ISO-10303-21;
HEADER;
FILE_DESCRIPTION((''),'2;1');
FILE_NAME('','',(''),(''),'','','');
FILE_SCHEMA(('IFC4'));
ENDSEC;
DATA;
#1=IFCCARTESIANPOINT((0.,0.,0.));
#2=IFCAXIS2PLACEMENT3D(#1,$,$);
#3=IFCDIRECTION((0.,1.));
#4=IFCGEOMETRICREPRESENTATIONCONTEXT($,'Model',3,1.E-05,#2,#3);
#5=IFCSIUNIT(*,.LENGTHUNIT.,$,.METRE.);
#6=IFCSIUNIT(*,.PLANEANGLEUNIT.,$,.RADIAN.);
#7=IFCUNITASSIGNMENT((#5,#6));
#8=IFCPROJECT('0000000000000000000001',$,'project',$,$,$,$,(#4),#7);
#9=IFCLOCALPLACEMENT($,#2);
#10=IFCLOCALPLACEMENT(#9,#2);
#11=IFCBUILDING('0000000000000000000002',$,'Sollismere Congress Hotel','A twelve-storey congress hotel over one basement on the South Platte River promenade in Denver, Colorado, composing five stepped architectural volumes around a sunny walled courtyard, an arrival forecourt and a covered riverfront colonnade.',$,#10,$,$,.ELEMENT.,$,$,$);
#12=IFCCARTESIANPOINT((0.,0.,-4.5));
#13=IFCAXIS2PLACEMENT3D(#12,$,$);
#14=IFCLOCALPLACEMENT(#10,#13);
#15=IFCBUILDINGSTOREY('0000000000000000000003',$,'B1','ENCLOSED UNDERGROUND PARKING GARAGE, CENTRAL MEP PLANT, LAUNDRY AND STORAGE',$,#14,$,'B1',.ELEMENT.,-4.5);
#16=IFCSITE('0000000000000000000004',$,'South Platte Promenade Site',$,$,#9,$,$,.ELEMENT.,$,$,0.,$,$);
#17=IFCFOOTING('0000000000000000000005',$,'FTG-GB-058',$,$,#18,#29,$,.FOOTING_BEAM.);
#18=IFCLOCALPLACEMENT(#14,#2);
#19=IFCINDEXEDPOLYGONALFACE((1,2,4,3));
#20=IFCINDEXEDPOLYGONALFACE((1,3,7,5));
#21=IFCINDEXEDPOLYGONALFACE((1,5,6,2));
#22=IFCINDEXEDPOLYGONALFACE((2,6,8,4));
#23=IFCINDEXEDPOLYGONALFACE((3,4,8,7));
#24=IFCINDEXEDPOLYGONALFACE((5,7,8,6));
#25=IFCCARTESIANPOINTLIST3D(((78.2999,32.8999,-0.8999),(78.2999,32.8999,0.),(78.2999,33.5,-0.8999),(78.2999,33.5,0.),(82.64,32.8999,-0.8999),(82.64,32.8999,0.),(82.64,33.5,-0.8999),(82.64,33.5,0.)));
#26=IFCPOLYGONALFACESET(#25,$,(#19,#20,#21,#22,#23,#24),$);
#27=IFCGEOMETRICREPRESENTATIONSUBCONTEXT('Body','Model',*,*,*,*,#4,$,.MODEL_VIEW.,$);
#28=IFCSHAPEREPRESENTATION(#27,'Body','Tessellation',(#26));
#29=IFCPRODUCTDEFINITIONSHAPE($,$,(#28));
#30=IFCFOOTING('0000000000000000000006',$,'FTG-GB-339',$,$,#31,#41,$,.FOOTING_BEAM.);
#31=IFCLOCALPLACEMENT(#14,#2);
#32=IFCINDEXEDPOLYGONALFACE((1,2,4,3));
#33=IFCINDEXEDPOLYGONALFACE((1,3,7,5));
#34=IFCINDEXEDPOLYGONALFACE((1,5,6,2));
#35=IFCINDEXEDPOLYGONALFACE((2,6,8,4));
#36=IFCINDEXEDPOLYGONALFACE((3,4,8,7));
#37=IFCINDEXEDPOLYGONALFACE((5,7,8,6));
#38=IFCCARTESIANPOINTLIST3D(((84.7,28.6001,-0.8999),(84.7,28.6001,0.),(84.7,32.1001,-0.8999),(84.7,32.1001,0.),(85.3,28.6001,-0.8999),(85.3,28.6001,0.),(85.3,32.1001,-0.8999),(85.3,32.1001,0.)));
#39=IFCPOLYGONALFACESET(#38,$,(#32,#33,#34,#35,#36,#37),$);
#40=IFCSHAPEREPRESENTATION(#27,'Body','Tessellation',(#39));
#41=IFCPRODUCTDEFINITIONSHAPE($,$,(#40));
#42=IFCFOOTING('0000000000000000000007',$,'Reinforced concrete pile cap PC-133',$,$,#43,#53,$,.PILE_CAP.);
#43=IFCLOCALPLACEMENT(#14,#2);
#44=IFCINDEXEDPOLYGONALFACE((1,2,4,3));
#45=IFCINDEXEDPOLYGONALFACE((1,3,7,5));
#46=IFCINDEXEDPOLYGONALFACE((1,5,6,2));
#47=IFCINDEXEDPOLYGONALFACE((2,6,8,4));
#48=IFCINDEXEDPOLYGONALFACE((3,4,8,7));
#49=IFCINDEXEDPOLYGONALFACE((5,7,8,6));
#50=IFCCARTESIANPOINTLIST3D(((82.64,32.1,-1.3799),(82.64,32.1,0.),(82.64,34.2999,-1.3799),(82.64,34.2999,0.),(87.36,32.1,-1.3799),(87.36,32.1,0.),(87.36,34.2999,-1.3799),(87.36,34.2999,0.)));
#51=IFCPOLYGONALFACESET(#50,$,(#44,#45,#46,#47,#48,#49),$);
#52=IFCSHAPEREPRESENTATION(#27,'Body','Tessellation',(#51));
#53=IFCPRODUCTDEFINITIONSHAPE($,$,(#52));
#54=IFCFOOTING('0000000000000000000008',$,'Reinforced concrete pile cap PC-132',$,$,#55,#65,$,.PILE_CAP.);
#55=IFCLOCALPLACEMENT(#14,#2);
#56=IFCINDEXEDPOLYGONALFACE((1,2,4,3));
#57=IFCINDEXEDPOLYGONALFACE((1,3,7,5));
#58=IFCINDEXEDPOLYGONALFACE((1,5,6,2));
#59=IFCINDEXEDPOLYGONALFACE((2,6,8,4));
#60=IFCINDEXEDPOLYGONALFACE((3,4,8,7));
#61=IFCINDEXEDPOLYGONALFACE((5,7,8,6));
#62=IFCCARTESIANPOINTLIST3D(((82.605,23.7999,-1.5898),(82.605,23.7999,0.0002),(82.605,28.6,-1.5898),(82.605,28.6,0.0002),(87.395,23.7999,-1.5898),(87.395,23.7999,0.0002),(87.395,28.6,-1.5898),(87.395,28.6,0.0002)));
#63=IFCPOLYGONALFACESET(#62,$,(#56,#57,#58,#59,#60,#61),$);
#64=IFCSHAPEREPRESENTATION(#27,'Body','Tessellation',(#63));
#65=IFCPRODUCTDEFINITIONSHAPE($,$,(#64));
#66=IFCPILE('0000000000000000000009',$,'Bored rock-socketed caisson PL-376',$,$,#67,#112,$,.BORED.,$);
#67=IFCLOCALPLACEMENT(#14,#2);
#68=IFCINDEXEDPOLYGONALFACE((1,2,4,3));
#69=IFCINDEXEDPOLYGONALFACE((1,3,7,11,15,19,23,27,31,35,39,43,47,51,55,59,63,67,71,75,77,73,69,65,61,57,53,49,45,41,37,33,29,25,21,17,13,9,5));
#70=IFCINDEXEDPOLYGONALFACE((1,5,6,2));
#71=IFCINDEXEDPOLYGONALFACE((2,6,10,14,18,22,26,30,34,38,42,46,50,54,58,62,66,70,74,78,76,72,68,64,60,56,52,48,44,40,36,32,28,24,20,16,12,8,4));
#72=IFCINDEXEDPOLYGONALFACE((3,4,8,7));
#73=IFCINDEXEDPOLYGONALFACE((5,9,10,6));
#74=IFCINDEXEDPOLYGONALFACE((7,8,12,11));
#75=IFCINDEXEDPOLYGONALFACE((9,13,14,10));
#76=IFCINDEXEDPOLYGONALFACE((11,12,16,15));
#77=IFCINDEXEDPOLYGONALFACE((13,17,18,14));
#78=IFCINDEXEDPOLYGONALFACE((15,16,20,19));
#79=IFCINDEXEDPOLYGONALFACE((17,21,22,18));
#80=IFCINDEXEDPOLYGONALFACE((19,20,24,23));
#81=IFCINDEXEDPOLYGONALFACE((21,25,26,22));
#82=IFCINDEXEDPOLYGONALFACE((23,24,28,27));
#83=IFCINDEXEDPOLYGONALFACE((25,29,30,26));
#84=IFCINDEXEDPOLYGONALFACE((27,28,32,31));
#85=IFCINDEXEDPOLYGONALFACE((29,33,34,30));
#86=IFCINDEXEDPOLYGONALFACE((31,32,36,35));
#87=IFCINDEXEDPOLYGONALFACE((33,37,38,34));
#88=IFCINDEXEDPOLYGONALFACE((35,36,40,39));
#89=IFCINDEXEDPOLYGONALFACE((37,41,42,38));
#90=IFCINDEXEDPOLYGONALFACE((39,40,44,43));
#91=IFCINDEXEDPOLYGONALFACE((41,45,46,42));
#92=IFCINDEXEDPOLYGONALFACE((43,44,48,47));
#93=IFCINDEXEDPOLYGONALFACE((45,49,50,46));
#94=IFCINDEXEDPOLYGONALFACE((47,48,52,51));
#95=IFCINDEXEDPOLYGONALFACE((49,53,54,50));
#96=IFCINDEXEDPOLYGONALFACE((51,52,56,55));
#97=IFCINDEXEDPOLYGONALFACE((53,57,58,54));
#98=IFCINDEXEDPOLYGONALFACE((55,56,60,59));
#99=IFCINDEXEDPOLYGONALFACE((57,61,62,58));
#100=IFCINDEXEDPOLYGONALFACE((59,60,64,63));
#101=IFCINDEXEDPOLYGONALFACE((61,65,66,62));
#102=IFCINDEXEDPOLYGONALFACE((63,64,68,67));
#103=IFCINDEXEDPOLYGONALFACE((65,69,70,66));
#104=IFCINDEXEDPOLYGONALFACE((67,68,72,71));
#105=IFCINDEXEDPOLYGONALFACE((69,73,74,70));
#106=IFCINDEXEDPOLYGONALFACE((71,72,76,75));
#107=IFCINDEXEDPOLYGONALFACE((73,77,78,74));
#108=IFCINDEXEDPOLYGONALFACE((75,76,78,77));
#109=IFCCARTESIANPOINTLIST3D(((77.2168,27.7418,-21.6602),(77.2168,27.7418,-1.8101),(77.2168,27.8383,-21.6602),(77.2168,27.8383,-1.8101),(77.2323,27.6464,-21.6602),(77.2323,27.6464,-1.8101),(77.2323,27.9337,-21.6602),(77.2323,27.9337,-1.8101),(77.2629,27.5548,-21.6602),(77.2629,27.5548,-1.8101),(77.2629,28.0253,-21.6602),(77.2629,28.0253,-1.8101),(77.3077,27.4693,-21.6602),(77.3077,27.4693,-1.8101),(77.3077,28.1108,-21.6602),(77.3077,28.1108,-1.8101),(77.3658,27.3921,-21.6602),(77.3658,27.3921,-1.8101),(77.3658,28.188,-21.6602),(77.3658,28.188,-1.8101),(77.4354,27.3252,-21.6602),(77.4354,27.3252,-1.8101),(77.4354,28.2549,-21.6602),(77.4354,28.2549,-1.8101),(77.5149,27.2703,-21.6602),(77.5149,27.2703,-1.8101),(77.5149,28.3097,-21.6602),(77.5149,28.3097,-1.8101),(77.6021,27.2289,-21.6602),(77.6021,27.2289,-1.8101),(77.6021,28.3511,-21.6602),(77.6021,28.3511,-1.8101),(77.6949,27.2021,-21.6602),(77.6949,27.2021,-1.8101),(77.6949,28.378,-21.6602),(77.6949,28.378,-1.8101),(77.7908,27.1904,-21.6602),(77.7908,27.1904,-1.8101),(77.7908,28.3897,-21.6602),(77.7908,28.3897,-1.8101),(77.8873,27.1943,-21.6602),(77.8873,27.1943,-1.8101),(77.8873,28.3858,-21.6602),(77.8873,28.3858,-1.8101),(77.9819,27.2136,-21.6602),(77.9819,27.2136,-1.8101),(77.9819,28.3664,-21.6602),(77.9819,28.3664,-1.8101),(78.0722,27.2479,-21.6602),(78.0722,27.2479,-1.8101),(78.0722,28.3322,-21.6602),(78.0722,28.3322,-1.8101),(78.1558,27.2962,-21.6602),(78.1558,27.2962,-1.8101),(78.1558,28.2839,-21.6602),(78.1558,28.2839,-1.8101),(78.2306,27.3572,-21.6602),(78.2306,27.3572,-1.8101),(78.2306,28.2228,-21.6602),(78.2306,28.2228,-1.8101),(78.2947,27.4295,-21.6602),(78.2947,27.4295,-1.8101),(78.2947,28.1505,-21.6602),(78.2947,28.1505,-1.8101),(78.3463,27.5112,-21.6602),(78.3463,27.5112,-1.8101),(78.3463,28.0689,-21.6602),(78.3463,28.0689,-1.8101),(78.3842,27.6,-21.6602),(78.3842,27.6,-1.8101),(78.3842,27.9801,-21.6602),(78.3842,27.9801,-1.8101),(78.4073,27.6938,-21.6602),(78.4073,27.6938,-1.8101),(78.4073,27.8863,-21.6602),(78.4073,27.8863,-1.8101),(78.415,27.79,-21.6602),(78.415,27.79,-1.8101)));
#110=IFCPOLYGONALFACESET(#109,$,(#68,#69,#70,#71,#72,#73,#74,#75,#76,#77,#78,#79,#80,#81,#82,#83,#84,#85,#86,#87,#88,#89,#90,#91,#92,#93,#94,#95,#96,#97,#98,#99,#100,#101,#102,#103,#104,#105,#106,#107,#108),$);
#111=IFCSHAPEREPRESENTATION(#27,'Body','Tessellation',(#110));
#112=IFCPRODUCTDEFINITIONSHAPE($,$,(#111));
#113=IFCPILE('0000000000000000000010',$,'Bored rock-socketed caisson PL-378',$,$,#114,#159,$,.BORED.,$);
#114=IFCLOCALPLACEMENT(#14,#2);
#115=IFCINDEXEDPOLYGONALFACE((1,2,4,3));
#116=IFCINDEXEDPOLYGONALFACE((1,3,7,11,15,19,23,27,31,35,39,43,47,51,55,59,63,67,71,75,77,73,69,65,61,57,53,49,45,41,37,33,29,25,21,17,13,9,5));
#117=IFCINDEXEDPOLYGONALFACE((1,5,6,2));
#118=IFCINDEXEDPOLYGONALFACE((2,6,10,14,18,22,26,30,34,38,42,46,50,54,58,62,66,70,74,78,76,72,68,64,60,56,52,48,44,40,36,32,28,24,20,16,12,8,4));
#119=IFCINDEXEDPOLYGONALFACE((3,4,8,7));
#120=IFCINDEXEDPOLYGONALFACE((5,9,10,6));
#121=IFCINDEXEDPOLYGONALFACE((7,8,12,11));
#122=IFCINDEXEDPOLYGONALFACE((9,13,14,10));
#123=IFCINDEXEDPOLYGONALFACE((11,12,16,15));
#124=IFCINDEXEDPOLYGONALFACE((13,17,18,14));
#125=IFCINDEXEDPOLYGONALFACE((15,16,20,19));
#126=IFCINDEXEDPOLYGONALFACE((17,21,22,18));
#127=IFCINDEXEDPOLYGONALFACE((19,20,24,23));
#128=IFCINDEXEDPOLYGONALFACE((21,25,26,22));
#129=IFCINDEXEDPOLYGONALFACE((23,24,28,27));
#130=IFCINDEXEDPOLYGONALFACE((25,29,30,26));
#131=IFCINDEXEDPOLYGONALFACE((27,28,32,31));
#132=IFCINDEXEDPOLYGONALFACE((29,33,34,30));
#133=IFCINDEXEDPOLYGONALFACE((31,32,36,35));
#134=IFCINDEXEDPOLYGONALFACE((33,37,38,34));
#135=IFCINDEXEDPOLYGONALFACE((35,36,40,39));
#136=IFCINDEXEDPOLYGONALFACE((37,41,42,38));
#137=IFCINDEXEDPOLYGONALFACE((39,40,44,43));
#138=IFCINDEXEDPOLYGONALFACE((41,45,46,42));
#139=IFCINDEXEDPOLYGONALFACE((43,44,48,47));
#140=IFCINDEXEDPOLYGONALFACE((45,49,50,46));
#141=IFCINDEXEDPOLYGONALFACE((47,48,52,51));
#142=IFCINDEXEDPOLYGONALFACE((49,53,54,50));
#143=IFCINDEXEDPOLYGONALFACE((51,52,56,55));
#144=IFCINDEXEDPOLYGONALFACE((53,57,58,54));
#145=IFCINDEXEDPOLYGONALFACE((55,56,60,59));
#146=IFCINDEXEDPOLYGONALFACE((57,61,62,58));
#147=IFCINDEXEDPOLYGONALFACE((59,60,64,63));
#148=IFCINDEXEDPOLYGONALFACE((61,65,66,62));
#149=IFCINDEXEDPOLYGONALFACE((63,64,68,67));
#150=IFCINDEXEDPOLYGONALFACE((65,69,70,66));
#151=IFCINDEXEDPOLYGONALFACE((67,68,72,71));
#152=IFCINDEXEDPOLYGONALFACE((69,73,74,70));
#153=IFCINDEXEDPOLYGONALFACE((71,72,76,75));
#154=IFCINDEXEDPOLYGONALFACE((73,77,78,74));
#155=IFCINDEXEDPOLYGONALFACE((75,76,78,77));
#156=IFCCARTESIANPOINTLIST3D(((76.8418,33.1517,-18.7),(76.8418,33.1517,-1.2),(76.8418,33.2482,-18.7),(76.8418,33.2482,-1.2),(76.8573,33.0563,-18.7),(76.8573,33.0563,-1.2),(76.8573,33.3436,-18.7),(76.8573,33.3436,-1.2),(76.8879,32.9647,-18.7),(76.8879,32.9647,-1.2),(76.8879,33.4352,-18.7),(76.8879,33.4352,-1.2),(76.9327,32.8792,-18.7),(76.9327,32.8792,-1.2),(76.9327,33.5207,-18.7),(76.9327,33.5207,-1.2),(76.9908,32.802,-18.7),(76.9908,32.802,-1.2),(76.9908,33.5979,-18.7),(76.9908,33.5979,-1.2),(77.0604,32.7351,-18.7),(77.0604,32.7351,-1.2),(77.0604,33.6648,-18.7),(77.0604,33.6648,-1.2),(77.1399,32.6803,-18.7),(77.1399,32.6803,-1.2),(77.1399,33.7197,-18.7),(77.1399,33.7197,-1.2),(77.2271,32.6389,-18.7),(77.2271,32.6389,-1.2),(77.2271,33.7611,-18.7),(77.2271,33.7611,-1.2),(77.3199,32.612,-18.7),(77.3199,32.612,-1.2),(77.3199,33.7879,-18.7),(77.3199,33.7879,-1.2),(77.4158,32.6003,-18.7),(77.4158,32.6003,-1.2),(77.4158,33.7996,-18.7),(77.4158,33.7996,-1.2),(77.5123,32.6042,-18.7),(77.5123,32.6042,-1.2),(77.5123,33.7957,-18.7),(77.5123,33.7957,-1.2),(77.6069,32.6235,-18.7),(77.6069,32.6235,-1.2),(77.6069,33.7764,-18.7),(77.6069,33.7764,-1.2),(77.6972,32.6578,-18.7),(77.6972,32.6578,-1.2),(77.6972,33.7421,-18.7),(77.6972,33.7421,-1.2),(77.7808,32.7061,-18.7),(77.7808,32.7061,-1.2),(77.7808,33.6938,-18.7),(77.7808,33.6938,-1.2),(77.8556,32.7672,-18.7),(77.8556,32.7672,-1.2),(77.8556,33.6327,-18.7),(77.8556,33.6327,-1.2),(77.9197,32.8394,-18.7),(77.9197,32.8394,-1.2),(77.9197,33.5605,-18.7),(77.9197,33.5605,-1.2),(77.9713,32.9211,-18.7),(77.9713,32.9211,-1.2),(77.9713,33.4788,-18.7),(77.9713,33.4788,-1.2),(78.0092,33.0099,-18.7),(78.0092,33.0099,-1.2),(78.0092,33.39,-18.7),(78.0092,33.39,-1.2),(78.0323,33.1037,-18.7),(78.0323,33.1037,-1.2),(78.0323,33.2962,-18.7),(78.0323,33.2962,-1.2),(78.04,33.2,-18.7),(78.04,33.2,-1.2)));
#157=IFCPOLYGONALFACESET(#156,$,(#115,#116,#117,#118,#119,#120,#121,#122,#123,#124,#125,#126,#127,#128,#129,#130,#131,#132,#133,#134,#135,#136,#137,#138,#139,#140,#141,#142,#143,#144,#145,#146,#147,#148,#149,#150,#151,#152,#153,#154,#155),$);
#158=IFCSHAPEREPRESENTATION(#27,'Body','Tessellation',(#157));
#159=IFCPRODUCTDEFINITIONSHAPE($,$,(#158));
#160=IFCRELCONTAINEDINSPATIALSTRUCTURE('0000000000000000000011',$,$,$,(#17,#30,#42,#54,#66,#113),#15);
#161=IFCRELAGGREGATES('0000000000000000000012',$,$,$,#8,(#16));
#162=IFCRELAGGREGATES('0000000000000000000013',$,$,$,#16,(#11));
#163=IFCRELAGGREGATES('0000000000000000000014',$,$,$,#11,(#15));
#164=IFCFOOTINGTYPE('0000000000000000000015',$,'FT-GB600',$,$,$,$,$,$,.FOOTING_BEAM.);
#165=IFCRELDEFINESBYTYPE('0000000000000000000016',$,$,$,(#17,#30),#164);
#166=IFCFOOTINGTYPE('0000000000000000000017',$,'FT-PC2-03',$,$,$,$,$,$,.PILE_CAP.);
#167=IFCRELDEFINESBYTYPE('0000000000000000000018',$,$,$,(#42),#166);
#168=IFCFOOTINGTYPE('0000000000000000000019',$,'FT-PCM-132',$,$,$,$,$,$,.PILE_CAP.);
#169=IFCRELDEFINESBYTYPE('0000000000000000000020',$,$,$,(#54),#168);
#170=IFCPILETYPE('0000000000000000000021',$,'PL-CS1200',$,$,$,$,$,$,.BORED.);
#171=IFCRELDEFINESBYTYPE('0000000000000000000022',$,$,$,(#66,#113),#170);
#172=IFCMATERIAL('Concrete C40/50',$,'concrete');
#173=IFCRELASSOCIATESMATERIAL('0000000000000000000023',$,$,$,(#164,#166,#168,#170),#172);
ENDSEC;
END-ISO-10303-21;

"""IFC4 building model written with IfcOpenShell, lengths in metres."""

from ifc_helpers import new_model, si_unit, direction, frame, origin, origin_2d, place, context, subcontext, project, spatial, rectangle, circle, extrude, material, material_profile, profile_set, type_object, element, save


model = new_model("IFC4")

# Units and contexts
model_context = context("Model", 3, precision=1e-05, world=origin(), true_north=direction((0.0, 1.0)))
body_context = subcontext(model_context, "Body", "Model", "MODEL_VIEW")
ifc_project = project(units=[si_unit("LENGTHUNIT", "METRE"), si_unit("PLANEANGLEUNIT", "RADIAN")], contexts=[model_context])

# Site, building, storey
site_placement = place(None, origin())
site = spatial("IfcSite", under=ifc_project, at=site_placement, Name="South Platte Promenade Site", CompositionType="ELEMENT", RefElevation=0.0)
building_placement = place(site_placement, origin())
building = spatial("IfcBuilding", under=site, at=building_placement, Name="Sollismere Congress Hotel", Description="A twelve-storey congress hotel over one basement on the South Platte River promenade in Denver, Colorado, composing five stepped architectural volumes around a sunny walled courtyard, an arrival forecourt and a covered riverfront colonnade.", CompositionType="ELEMENT")
storey_placement = place(building_placement, frame((0.0, 0.0, -4.5)))
storey = spatial("IfcBuildingStorey", under=building, at=storey_placement, Name="B1", Description="ENCLOSED UNDERGROUND PARKING GARAGE, CENTRAL MEP PLANT, LAUNDRY AND STORAGE", LongName="B1", CompositionType="ELEMENT", Elevation=-4.5)

# Footings
ifc_material_1 = material(Name="Concrete C40/50", Category="concrete")
footing_type_1 = type_object("IfcFootingType", Name="FT-GB600", PredefinedType="FOOTING_BEAM", material=ifc_material_1)
footing_1_placement = place(storey_placement, frame((80.47, 33.2, -0.8999), z_axis=(0.0, 0.0, 1.0), x_axis=(1.0, 0.0, 0.0)))
element("IfcFooting", 1, at=footing_1_placement, inside=storey, type_object=footing_type_1, Name="FTG-GB-058", PredefinedType="FOOTING_BEAM", context=body_context, shape_type="SweptSolid", body=[
    extrude(rectangle(XDim=4.3401, YDim=0.6001, at=origin_2d()), origin(), (0.0, 0.0, 1.0), 0.8999),
])
footing_2_placement = place(storey_placement, frame((85.0, 30.3501, -0.8999), z_axis=(0.0, 0.0, 1.0), x_axis=(0.0, 1.0, 0.0)))
element("IfcFooting", 2, at=footing_2_placement, inside=storey, type_object=footing_type_1, Name="FTG-GB-339", PredefinedType="FOOTING_BEAM", context=body_context, shape_type="SweptSolid", body=[
    extrude(rectangle(XDim=3.5, YDim=0.6001, at=origin_2d()), origin(), (0.0, 0.0, 1.0), 0.8999),
])
footing_type_2 = type_object("IfcFootingType", Name="FT-PC2-03", PredefinedType="PILE_CAP", material=ifc_material_1)
footing_3_placement = place(storey_placement, frame((85.0, 33.2, -1.3799), z_axis=(0.0, 0.0, 1.0), x_axis=(1.0, 0.0, 0.0)))
element("IfcFooting", 3, at=footing_3_placement, inside=storey, type_object=footing_type_2, Name="Reinforced concrete pile cap PC-133", PredefinedType="PILE_CAP", context=body_context, shape_type="SweptSolid", body=[
    extrude(rectangle(XDim=4.72, YDim=2.2, at=origin_2d()), origin(), (0.0, 0.0, 1.0), 1.3799),
])
footing_type_3 = type_object("IfcFootingType", Name="FT-PCM-132", PredefinedType="PILE_CAP", material=ifc_material_1)
footing_4_placement = place(storey_placement, frame((85.0, 26.2, -1.5898), z_axis=(0.0, 0.0, 1.0), x_axis=(1.0, 0.0, 0.0)))
element("IfcFooting", 4, at=footing_4_placement, inside=storey, type_object=footing_type_3, Name="Reinforced concrete pile cap PC-132", PredefinedType="PILE_CAP", context=body_context, shape_type="SweptSolid", body=[
    extrude(rectangle(XDim=4.79, YDim=4.8, at=origin_2d()), origin(), (0.0, 0.0, 1.0), 1.5901),
])

# Piles
ifc_material_profile_1 = material_profile(ifc_material_1, circle(Radius=0.6001, at=origin_2d()), Name="CAISSON1200")
ifc_profile_set_1 = profile_set([ifc_material_profile_1], Name="Concrete C40/50")
pile_type = type_object("IfcPileType", Name="PL-CS1200", PredefinedType="BORED", material=ifc_profile_set_1)
pile_1_placement = place(storey_placement, frame((77.8149, 27.79, -1.8101), z_axis=(0.0, 0.0, -1.0), x_axis=(1.0, 0.0, 0.0)))
element("IfcPile", 5, at=pile_1_placement, inside=storey, type_object=pile_type, Name="Bored rock-socketed caisson PL-376", PredefinedType="BORED", context=body_context, shape_type="SweptSolid", body=[
    extrude(circle(Radius=0.6001, at=origin_2d()), origin(), (0.0, 0.0, 1.0), 19.8501),
])
pile_2_placement = place(storey_placement, frame((77.4399, 33.2, -1.2), z_axis=(0.0, 0.0, -1.0), x_axis=(1.0, 0.0, 0.0)))
element("IfcPile", 6, at=pile_2_placement, inside=storey, type_object=pile_type, Name="Bored rock-socketed caisson PL-378", PredefinedType="BORED", context=body_context, shape_type="SweptSolid", body=[
    extrude(circle(Radius=0.6001, at=origin_2d()), origin(), (0.0, 0.0, 1.0), 17.5),
])

save(model, "model.ifc")
